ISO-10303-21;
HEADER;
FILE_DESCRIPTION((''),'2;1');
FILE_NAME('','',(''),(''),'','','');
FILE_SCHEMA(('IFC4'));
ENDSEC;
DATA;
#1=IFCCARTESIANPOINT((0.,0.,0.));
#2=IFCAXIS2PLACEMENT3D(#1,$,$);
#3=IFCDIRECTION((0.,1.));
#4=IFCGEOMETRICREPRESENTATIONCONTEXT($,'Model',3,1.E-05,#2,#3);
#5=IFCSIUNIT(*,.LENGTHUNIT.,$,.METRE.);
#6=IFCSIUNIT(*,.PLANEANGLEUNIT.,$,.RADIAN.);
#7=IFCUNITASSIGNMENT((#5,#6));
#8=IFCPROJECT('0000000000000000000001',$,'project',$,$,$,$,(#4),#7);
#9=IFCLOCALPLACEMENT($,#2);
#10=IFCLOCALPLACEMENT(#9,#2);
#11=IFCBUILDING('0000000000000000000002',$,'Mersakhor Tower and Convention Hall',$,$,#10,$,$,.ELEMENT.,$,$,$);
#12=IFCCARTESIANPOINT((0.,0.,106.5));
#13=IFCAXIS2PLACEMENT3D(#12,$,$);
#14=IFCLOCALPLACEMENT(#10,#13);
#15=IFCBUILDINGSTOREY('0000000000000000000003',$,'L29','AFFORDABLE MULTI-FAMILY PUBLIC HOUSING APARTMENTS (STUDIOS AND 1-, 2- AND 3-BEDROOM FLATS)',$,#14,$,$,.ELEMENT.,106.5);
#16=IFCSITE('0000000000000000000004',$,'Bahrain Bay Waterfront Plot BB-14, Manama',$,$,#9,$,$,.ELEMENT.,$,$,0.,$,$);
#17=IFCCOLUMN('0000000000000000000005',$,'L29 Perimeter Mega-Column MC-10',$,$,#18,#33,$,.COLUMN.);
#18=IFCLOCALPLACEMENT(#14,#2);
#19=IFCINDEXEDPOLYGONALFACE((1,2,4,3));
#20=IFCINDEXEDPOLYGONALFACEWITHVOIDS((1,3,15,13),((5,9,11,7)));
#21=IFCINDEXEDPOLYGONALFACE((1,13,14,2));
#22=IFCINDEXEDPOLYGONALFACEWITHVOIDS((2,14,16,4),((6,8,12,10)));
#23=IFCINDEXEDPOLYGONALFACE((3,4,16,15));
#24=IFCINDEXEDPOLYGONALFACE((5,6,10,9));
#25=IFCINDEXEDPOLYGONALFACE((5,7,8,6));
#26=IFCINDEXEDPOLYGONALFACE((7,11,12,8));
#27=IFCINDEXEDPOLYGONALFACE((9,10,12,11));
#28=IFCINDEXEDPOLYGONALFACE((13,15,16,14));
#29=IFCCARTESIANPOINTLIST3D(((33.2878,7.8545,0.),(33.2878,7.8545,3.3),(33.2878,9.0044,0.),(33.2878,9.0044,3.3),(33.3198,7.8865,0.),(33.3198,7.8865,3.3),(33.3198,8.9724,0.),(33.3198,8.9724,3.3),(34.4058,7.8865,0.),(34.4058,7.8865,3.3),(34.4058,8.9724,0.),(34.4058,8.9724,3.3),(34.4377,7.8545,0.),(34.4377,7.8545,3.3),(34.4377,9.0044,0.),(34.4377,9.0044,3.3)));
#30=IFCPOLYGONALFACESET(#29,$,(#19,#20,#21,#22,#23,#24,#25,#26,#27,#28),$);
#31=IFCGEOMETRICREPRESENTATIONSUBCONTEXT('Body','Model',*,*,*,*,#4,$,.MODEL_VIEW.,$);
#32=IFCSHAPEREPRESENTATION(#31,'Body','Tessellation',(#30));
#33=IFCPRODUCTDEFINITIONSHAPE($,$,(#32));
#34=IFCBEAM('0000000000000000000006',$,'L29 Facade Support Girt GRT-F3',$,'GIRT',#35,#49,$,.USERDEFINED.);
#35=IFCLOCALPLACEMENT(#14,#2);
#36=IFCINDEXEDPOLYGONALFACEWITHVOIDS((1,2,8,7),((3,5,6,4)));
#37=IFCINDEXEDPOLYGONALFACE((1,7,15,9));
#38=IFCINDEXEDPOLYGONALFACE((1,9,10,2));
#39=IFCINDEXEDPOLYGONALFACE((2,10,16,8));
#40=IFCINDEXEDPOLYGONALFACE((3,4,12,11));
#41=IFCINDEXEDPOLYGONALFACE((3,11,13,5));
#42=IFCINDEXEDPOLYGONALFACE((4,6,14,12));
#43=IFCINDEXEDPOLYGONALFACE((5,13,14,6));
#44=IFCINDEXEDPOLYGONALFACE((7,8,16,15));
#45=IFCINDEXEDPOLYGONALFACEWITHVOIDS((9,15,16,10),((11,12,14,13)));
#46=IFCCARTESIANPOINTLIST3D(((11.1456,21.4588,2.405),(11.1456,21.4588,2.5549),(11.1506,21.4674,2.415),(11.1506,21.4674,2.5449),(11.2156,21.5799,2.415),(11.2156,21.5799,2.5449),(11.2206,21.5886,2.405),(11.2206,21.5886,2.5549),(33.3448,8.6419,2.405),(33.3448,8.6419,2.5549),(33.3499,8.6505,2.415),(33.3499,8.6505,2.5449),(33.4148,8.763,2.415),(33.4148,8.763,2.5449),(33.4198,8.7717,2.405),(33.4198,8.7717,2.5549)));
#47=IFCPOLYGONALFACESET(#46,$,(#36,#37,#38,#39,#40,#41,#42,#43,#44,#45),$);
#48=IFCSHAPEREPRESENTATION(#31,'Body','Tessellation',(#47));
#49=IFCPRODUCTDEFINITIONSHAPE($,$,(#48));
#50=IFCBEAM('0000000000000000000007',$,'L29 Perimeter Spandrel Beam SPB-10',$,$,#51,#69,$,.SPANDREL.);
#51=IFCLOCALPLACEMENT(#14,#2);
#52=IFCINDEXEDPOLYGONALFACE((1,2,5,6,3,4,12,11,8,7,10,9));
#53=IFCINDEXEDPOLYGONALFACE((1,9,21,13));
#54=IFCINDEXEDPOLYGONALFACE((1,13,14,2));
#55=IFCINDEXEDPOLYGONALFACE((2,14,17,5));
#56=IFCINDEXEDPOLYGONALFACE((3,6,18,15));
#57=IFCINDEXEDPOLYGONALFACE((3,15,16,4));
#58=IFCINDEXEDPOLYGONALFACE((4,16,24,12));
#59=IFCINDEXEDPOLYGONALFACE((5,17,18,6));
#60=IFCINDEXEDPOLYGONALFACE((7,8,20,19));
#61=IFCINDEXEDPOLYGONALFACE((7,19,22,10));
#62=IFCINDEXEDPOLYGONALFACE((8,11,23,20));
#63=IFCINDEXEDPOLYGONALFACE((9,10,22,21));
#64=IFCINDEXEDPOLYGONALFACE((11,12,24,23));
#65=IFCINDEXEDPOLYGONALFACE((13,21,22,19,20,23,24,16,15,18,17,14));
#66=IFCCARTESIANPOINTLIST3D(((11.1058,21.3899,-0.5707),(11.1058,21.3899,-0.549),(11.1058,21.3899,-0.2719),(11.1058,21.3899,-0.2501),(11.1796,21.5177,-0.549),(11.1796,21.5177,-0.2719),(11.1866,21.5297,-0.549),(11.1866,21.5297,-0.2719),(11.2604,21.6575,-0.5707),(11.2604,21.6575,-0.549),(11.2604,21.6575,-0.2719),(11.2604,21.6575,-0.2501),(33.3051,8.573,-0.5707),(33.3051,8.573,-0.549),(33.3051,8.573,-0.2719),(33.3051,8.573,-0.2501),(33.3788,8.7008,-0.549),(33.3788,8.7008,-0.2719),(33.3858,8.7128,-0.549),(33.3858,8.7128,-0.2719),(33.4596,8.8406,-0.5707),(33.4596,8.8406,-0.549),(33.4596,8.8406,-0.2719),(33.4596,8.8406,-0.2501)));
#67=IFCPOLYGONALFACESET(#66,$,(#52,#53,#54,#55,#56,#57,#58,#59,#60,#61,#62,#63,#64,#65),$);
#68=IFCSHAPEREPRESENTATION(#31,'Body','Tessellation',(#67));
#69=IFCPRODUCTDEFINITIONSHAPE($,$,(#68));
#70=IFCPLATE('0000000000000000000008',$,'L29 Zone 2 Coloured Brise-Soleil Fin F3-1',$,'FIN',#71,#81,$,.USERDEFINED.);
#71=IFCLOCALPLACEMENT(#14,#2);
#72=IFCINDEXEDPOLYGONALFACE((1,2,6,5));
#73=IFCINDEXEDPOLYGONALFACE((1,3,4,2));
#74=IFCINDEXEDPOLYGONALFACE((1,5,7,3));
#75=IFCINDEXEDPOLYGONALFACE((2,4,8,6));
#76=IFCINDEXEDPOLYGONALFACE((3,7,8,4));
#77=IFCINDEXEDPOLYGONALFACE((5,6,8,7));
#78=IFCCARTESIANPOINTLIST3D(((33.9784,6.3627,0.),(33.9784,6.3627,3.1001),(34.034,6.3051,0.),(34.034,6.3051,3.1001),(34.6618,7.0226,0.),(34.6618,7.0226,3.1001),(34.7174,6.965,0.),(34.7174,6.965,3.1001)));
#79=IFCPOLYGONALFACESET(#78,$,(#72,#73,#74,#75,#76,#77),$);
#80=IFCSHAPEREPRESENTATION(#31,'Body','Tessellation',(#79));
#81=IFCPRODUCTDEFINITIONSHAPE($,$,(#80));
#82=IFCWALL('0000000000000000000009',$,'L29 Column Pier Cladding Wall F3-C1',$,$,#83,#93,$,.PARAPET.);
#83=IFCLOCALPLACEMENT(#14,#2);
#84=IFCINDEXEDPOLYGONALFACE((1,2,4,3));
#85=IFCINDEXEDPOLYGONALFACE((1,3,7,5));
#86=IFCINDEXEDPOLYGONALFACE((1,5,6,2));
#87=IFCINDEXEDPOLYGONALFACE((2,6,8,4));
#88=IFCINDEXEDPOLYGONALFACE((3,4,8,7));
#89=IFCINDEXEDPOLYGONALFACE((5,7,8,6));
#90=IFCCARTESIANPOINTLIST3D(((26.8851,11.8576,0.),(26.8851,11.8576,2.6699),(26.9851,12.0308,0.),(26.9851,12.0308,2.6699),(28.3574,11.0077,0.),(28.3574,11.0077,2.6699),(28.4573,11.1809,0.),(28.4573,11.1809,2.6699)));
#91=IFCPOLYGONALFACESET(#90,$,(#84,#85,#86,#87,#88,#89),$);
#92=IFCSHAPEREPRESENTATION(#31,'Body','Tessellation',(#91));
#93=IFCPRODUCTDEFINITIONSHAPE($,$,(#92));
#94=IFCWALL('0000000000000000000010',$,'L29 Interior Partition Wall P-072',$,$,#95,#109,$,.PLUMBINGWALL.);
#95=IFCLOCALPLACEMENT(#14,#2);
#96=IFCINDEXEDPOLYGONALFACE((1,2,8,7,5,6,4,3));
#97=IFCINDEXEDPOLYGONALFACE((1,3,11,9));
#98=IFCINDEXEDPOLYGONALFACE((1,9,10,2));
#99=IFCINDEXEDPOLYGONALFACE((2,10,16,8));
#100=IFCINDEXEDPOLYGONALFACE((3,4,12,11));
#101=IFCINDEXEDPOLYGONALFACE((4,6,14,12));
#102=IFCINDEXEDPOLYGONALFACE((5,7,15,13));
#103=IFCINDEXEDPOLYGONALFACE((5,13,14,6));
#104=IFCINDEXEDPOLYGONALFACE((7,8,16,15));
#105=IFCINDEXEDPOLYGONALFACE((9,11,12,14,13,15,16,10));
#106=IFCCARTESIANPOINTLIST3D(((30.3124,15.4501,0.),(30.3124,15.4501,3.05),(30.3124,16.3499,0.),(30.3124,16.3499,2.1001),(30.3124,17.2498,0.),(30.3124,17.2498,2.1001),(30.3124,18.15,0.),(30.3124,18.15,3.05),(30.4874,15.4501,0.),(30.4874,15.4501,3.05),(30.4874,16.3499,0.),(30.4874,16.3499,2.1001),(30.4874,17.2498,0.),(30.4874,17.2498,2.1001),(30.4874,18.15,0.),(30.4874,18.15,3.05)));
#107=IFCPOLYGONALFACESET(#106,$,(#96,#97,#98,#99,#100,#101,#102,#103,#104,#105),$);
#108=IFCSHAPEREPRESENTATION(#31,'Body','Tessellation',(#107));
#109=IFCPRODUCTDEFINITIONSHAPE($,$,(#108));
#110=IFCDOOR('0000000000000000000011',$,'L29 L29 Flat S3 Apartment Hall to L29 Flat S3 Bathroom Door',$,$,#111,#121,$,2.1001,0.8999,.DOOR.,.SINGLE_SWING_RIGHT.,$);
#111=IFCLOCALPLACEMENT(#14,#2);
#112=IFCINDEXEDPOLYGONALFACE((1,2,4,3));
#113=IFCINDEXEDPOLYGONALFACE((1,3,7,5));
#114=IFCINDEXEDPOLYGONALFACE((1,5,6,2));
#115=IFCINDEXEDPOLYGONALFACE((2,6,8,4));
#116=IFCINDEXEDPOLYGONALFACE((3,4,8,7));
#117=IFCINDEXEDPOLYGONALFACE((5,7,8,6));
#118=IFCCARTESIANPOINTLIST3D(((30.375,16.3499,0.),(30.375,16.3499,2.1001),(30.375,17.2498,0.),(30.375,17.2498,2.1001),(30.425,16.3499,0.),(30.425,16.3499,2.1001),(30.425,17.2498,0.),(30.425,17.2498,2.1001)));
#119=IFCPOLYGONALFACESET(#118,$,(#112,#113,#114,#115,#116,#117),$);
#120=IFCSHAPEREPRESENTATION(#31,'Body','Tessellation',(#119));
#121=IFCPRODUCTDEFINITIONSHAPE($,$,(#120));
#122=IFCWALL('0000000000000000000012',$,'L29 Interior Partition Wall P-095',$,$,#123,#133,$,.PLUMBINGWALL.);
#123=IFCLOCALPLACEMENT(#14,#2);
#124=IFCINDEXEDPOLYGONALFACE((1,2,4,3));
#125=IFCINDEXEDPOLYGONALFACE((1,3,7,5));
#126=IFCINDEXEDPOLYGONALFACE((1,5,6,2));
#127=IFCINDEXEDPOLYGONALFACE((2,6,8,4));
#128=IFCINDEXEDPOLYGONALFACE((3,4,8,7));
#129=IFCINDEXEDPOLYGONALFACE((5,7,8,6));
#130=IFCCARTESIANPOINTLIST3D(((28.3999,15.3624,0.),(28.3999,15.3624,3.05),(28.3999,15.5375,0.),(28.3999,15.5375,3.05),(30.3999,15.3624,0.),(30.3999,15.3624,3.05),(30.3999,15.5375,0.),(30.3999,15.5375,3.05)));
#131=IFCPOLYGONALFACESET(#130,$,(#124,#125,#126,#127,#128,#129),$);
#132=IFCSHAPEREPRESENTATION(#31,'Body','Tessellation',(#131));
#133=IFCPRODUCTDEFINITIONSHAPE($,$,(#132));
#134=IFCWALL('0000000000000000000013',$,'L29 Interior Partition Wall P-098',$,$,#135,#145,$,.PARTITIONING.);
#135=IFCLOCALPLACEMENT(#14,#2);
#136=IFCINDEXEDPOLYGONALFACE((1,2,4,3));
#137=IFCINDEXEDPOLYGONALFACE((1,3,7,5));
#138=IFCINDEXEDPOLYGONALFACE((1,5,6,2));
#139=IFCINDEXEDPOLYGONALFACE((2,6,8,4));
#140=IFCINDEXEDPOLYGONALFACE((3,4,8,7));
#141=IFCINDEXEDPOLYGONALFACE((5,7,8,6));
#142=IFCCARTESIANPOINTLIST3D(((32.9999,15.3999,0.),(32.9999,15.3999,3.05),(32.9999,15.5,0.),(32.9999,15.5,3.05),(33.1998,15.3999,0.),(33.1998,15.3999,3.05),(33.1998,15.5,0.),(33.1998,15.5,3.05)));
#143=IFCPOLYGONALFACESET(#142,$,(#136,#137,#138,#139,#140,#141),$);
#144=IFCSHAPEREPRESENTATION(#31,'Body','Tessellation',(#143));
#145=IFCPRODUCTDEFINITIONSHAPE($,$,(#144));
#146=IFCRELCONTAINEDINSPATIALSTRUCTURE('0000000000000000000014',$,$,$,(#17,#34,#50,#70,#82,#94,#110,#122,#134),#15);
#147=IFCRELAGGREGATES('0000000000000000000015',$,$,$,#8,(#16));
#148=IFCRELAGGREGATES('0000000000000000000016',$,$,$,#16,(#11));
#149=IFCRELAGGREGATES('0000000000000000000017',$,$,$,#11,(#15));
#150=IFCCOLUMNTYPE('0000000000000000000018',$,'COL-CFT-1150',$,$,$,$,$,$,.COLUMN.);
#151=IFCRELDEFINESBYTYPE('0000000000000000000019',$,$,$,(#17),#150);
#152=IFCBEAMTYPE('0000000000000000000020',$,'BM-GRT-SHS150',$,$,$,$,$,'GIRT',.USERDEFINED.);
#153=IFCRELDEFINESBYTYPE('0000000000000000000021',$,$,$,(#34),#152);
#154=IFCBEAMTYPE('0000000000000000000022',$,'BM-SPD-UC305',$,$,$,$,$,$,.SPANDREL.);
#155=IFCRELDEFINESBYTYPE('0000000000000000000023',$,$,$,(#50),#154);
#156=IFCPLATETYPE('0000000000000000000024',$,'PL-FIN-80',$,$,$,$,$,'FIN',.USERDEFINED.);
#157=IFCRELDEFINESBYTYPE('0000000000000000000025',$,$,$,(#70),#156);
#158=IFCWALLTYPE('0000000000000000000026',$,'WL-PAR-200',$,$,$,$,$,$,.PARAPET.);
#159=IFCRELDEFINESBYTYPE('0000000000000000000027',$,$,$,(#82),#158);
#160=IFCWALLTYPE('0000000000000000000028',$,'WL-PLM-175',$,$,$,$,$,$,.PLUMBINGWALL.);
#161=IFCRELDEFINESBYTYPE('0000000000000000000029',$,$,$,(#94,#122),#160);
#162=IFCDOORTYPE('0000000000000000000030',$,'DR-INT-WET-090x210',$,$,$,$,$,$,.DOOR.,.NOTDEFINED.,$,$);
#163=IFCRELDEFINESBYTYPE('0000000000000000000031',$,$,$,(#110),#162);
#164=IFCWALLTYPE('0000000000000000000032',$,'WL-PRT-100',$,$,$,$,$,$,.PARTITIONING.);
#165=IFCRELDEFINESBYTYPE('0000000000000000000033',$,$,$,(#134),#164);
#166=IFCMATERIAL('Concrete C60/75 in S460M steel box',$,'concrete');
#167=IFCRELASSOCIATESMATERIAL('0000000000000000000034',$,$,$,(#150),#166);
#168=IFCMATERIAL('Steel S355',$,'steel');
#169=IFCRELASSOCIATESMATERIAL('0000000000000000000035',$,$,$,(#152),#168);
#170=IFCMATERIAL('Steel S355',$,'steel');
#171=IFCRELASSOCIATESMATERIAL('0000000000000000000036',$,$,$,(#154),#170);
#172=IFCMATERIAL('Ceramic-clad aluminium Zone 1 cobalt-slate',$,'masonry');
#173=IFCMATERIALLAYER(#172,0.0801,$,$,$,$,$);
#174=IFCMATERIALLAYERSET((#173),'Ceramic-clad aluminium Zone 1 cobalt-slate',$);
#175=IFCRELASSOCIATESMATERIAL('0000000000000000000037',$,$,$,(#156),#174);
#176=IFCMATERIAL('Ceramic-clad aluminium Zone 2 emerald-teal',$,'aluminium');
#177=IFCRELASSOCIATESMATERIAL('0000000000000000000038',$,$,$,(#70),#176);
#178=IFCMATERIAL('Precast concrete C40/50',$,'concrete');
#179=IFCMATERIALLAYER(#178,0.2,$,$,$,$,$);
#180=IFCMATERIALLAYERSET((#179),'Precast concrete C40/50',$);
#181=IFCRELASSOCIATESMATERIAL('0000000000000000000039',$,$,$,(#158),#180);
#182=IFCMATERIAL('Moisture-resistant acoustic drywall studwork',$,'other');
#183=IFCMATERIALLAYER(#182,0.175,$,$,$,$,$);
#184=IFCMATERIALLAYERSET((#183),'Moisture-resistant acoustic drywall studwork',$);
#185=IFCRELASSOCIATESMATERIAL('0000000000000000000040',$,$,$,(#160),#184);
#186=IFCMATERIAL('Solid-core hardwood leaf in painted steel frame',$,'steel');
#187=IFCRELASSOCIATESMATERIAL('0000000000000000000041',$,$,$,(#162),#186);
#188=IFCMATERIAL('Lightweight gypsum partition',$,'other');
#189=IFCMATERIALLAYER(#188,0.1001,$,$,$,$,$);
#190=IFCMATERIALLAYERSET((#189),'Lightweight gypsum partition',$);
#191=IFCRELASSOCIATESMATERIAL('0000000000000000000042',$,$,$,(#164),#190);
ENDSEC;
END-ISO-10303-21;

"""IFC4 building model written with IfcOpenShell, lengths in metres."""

from ifc_helpers import new_model, si_unit, direction, frame, frame_2d, origin, origin_2d, place, context, subcontext, project, spatial, rectangle, hollow_rectangle, i_section, extrude, material, layer, layer_set, material_profile, profile_set, type_object, element, fill, save


model = new_model("IFC4")

# Units and contexts
model_context = context("Model", 3, precision=1e-05, world=origin(), true_north=direction((0.0, 1.0)))
body_context = subcontext(model_context, "Body", "Model", "MODEL_VIEW")
ifc_project = project(units=[si_unit("LENGTHUNIT", "METRE"), si_unit("PLANEANGLEUNIT", "RADIAN")], contexts=[model_context])

# Site, building, storey
site_placement = place(None, origin())
site = spatial("IfcSite", under=ifc_project, at=site_placement, Name="Bahrain Bay Waterfront Plot BB-14, Manama", CompositionType="ELEMENT", RefElevation=0.0)
building_placement = place(site_placement, origin())
building = spatial("IfcBuilding", under=site, at=building_placement, Name="Mersakhor Tower and Convention Hall", CompositionType="ELEMENT")
storey_placement = place(building_placement, frame((0.0, 0.0, 106.5)))
storey = spatial("IfcBuildingStorey", under=building, at=storey_placement, Name="L29", Description="AFFORDABLE MULTI-FAMILY PUBLIC HOUSING APARTMENTS (STUDIOS AND 1-, 2- AND 3-BEDROOM FLATS)", CompositionType="ELEMENT", Elevation=106.5)

# Column
ifc_material_1 = material(Name="Concrete C60/75 in S460M steel box", Category="concrete")
ifc_material_profile_1 = material_profile(ifc_material_1, hollow_rectangle(XDim=1.1499, YDim=1.1499, WallThickness=0.032, at=origin_2d()), Name="SHS 1150x1150x32")
ifc_profile_set_1 = profile_set([ifc_material_profile_1], Name="Concrete C60/75 in S460M steel box")
column_type = type_object("IfcColumnType", Name="COL-CFT-1150", PredefinedType="COLUMN", material=ifc_profile_set_1)
column_placement = place(storey_placement, frame((33.8628, 8.4294, 0.0), z_axis=(0.0, 0.0, 1.0), x_axis=(1.0, 0.0, 0.0)))
element("IfcColumn", 1, at=column_placement, inside=storey, type_object=column_type, Name="L29 Perimeter Mega-Column MC-10", PredefinedType="COLUMN", context=body_context, shape_type="SweptSolid", body=[
    extrude(hollow_rectangle(XDim=1.1499, YDim=1.1499, WallThickness=0.032, at=origin_2d()), origin(), (0.0, 0.0, 1.0), 3.3),
])

# Beams
ifc_material_2 = material(Name="Steel S355", Category="steel")
ifc_material_profile_2 = material_profile(ifc_material_2, hollow_rectangle(XDim=0.1499, YDim=0.1499, WallThickness=0.01, at=origin_2d()), Name="SHS 150x150x10")
ifc_profile_set_2 = profile_set([ifc_material_profile_2], Name="Steel S355")
beam_type_1 = type_object("IfcBeamType", Name="BM-GRT-SHS150", ElementType="GIRT", PredefinedType="USERDEFINED", material=ifc_profile_set_2)
beam_1_placement = place(storey_placement, frame((33.3823, 8.7068, 2.48), z_axis=(-0.866023, 0.500005, 0.0), x_axis=(-0.500005, -0.866023, 0.0)))
element("IfcBeam", 2, at=beam_1_placement, inside=storey, type_object=beam_type_1, Name="L29 Facade Support Girt GRT-F3", ObjectType="GIRT", PredefinedType="USERDEFINED", context=body_context, shape_type="SweptSolid", body=[
    extrude(hollow_rectangle(XDim=0.1499, YDim=0.1499, WallThickness=0.01, at=origin_2d()), origin(), (0.0, 0.0, 1.0), 25.6335),
])
ifc_material_3 = material(Name="Steel S355", Category="steel")
ifc_material_profile_3 = material_profile(ifc_material_3, i_section(OverallWidth=0.3091, OverallDepth=0.3206, WebThickness=0.0139, FlangeThickness=0.0217, at=origin_2d()), Name="UC 305x305x137")
ifc_profile_set_3 = profile_set([ifc_material_profile_3], Name="Steel S355")
beam_type_2 = type_object("IfcBeamType", Name="BM-SPD-UC305", PredefinedType="SPANDREL", material=ifc_profile_set_3)
beam_2_placement = place(storey_placement, frame((33.3823, 8.7068, -0.4104), z_axis=(-0.866023, 0.500005, 0.0), x_axis=(-0.500005, -0.866023, 0.0)))
element("IfcBeam", 3, at=beam_2_placement, inside=storey, type_object=beam_type_2, Name="L29 Perimeter Spandrel Beam SPB-10", PredefinedType="SPANDREL", context=body_context, shape_type="SweptSolid", body=[
    extrude(i_section(OverallWidth=0.3091, OverallDepth=0.3206, WebThickness=0.0139, FlangeThickness=0.0217, at=origin_2d()), origin(), (0.0, 0.0, 1.0), 25.6335),
])

# Plate
ifc_material_4 = material(Name="Ceramic-clad aluminium Zone 2 emerald-teal", Category="aluminium")
ifc_material_5 = material(Name="Ceramic-clad aluminium Zone 1 cobalt-slate", Category="masonry")
ifc_layer_1 = layer(ifc_material_5, 0.0801)
ifc_layer_set_1 = layer_set([ifc_layer_1], Name="Ceramic-clad aluminium Zone 1 cobalt-slate")
plate_type = type_object("IfcPlateType", Name="PL-FIN-80", ElementType="FIN", PredefinedType="USERDEFINED", material=ifc_layer_set_1)
plate_placement = place(storey_placement, frame((34.3479, 6.6638, 0.0), z_axis=(0.0, 0.0, 1.0), x_axis=(-0.71934, -0.694658, 0.0)))
element("IfcPlate", 4, at=plate_placement, inside=storey, type_object=plate_type, material=ifc_material_4, Name="L29 Zone 2 Coloured Brise-Soleil Fin F3-1", ObjectType="FIN", PredefinedType="USERDEFINED", context=body_context, shape_type="SweptSolid", body=[
    extrude(rectangle(XDim=0.95, YDim=0.0801, at=origin_2d()), origin(), (0.0, 0.0, 1.0), 3.1001),
])

# Wall
ifc_material_6 = material(Name="Precast concrete C40/50", Category="concrete")
ifc_layer_2 = layer(ifc_material_6, 0.2)
ifc_layer_set_2 = layer_set([ifc_layer_2], Name="Precast concrete C40/50")
wall_type_1 = type_object("IfcWallType", Name="WL-PAR-200", PredefinedType="PARAPET", material=ifc_layer_set_2)
wall_1_placement = place(storey_placement, frame((28.4075, 11.0942, 0.0), z_axis=(0.0, 0.0, 1.0), x_axis=(-0.866052, 0.499955, 0.0)))
element("IfcWall", 5, at=wall_1_placement, inside=storey, type_object=wall_type_1, Name="L29 Column Pier Cladding Wall F3-C1", PredefinedType="PARAPET", context=body_context, shape_type="SweptSolid", body=[
    extrude(rectangle(XDim=1.7, YDim=0.2, at=frame_2d((0.8501, 0.0))), origin(), (0.0, 0.0, 1.0), 2.6699),
])

# Wall, opening, door
ifc_material_7 = material(Name="Moisture-resistant acoustic drywall studwork", Category="other")
ifc_layer_3 = layer(ifc_material_7, 0.175)
ifc_layer_set_3 = layer_set([ifc_layer_3], Name="Moisture-resistant acoustic drywall studwork")
wall_type_2 = type_object("IfcWallType", Name="WL-PLM-175", PredefinedType="PLUMBINGWALL", material=ifc_layer_set_3)
wall_2_placement = place(storey_placement, frame((30.3999, 15.45, 0.0), z_axis=(0.0, 0.0, 1.0), x_axis=(0.0, 1.0, 0.0)))
wall_2 = element("IfcWall", 6, at=wall_2_placement, inside=storey, type_object=wall_type_2, Name="L29 Interior Partition Wall P-072", PredefinedType="PLUMBINGWALL", context=body_context, shape_type="SweptSolid", body=[
    extrude(rectangle(XDim=2.7, YDim=0.175, at=frame_2d((1.3501, 0.0))), origin(), (0.0, 0.0, 1.0), 3.05),
])
opening_1_placement = place(wall_2_placement, frame((0.8999, 0.0, 0.0)))
opening_1 = element("IfcOpeningElement", 7, at=opening_1_placement, cuts=wall_2, PredefinedType="OPENING", context=body_context, shape_type="SweptSolid", body=[
    extrude(rectangle(XDim=0.8999, YDim=2.1001, at=frame_2d((0.45, 1.05))), frame((0.0, 0.0974, 0.0), z_axis=(0.0, -1.0, 0.0), x_axis=(1.0, 0.0, 0.0)), (0.0, 0.0, 1.0), 0.1951),
])
ifc_material_8 = material(Name="Solid-core hardwood leaf in painted steel frame", Category="steel")
door_type_1 = type_object("IfcDoorType", Name="DR-INT-WET-090x210", OperationType="NOTDEFINED", PredefinedType="DOOR", material=ifc_material_8)
door_1_placement = place(opening_1_placement, origin())
door_1 = element("IfcDoor", 8, at=door_1_placement, inside=storey, type_object=door_type_1, Name="L29 L29 Flat S3 Apartment Hall to L29 Flat S3 Bathroom Door", OperationType="SINGLE_SWING_RIGHT", OverallHeight=2.1001, OverallWidth=0.8999, PredefinedType="DOOR", context=body_context, shape_type="SweptSolid", body=[
    extrude(rectangle(XDim=0.8999, YDim=2.1001, at=frame_2d((0.45, 1.05))), frame((0.0, 0.0249, 0.0), z_axis=(0.0, -1.0, 0.0), x_axis=(1.0, 0.0, 0.0)), (0.0, 0.0, 1.0), 0.05),
])
fill(opening_1, door_1)

# Walls
wall_3_placement = place(storey_placement, frame((30.3999, 15.45, 0.0), z_axis=(0.0, 0.0, 1.0), x_axis=(-1.0, 0.0, 0.0)))
element("IfcWall", 9, at=wall_3_placement, inside=storey, type_object=wall_type_2, Name="L29 Interior Partition Wall P-095", PredefinedType="PLUMBINGWALL", context=body_context, shape_type="SweptSolid", body=[
    extrude(rectangle(XDim=2.0, YDim=0.175, at=frame_2d((1.0, 0.0))), origin(), (0.0, 0.0, 1.0), 3.05),
])
ifc_material_9 = material(Name="Lightweight gypsum partition", Category="other")
ifc_layer_4 = layer(ifc_material_9, 0.1001)
ifc_layer_set_4 = layer_set([ifc_layer_4], Name="Lightweight gypsum partition")
wall_type_3 = type_object("IfcWallType", Name="WL-PRT-100", PredefinedType="PARTITIONING", material=ifc_layer_set_4)
wall_4_placement = place(storey_placement, frame((33.2, 15.45, 0.0), z_axis=(0.0, 0.0, 1.0), x_axis=(-1.0, 0.0, 0.0)))
element("IfcWall", 10, at=wall_4_placement, inside=storey, type_object=wall_type_3, Name="L29 Interior Partition Wall P-098", PredefinedType="PARTITIONING", context=body_context, shape_type="SweptSolid", body=[
    extrude(rectangle(XDim=0.2, YDim=0.1001, at=frame_2d((0.1001, 0.0))), origin(), (0.0, 0.0, 1.0), 3.05),
])

save(model, "model.ifc")
